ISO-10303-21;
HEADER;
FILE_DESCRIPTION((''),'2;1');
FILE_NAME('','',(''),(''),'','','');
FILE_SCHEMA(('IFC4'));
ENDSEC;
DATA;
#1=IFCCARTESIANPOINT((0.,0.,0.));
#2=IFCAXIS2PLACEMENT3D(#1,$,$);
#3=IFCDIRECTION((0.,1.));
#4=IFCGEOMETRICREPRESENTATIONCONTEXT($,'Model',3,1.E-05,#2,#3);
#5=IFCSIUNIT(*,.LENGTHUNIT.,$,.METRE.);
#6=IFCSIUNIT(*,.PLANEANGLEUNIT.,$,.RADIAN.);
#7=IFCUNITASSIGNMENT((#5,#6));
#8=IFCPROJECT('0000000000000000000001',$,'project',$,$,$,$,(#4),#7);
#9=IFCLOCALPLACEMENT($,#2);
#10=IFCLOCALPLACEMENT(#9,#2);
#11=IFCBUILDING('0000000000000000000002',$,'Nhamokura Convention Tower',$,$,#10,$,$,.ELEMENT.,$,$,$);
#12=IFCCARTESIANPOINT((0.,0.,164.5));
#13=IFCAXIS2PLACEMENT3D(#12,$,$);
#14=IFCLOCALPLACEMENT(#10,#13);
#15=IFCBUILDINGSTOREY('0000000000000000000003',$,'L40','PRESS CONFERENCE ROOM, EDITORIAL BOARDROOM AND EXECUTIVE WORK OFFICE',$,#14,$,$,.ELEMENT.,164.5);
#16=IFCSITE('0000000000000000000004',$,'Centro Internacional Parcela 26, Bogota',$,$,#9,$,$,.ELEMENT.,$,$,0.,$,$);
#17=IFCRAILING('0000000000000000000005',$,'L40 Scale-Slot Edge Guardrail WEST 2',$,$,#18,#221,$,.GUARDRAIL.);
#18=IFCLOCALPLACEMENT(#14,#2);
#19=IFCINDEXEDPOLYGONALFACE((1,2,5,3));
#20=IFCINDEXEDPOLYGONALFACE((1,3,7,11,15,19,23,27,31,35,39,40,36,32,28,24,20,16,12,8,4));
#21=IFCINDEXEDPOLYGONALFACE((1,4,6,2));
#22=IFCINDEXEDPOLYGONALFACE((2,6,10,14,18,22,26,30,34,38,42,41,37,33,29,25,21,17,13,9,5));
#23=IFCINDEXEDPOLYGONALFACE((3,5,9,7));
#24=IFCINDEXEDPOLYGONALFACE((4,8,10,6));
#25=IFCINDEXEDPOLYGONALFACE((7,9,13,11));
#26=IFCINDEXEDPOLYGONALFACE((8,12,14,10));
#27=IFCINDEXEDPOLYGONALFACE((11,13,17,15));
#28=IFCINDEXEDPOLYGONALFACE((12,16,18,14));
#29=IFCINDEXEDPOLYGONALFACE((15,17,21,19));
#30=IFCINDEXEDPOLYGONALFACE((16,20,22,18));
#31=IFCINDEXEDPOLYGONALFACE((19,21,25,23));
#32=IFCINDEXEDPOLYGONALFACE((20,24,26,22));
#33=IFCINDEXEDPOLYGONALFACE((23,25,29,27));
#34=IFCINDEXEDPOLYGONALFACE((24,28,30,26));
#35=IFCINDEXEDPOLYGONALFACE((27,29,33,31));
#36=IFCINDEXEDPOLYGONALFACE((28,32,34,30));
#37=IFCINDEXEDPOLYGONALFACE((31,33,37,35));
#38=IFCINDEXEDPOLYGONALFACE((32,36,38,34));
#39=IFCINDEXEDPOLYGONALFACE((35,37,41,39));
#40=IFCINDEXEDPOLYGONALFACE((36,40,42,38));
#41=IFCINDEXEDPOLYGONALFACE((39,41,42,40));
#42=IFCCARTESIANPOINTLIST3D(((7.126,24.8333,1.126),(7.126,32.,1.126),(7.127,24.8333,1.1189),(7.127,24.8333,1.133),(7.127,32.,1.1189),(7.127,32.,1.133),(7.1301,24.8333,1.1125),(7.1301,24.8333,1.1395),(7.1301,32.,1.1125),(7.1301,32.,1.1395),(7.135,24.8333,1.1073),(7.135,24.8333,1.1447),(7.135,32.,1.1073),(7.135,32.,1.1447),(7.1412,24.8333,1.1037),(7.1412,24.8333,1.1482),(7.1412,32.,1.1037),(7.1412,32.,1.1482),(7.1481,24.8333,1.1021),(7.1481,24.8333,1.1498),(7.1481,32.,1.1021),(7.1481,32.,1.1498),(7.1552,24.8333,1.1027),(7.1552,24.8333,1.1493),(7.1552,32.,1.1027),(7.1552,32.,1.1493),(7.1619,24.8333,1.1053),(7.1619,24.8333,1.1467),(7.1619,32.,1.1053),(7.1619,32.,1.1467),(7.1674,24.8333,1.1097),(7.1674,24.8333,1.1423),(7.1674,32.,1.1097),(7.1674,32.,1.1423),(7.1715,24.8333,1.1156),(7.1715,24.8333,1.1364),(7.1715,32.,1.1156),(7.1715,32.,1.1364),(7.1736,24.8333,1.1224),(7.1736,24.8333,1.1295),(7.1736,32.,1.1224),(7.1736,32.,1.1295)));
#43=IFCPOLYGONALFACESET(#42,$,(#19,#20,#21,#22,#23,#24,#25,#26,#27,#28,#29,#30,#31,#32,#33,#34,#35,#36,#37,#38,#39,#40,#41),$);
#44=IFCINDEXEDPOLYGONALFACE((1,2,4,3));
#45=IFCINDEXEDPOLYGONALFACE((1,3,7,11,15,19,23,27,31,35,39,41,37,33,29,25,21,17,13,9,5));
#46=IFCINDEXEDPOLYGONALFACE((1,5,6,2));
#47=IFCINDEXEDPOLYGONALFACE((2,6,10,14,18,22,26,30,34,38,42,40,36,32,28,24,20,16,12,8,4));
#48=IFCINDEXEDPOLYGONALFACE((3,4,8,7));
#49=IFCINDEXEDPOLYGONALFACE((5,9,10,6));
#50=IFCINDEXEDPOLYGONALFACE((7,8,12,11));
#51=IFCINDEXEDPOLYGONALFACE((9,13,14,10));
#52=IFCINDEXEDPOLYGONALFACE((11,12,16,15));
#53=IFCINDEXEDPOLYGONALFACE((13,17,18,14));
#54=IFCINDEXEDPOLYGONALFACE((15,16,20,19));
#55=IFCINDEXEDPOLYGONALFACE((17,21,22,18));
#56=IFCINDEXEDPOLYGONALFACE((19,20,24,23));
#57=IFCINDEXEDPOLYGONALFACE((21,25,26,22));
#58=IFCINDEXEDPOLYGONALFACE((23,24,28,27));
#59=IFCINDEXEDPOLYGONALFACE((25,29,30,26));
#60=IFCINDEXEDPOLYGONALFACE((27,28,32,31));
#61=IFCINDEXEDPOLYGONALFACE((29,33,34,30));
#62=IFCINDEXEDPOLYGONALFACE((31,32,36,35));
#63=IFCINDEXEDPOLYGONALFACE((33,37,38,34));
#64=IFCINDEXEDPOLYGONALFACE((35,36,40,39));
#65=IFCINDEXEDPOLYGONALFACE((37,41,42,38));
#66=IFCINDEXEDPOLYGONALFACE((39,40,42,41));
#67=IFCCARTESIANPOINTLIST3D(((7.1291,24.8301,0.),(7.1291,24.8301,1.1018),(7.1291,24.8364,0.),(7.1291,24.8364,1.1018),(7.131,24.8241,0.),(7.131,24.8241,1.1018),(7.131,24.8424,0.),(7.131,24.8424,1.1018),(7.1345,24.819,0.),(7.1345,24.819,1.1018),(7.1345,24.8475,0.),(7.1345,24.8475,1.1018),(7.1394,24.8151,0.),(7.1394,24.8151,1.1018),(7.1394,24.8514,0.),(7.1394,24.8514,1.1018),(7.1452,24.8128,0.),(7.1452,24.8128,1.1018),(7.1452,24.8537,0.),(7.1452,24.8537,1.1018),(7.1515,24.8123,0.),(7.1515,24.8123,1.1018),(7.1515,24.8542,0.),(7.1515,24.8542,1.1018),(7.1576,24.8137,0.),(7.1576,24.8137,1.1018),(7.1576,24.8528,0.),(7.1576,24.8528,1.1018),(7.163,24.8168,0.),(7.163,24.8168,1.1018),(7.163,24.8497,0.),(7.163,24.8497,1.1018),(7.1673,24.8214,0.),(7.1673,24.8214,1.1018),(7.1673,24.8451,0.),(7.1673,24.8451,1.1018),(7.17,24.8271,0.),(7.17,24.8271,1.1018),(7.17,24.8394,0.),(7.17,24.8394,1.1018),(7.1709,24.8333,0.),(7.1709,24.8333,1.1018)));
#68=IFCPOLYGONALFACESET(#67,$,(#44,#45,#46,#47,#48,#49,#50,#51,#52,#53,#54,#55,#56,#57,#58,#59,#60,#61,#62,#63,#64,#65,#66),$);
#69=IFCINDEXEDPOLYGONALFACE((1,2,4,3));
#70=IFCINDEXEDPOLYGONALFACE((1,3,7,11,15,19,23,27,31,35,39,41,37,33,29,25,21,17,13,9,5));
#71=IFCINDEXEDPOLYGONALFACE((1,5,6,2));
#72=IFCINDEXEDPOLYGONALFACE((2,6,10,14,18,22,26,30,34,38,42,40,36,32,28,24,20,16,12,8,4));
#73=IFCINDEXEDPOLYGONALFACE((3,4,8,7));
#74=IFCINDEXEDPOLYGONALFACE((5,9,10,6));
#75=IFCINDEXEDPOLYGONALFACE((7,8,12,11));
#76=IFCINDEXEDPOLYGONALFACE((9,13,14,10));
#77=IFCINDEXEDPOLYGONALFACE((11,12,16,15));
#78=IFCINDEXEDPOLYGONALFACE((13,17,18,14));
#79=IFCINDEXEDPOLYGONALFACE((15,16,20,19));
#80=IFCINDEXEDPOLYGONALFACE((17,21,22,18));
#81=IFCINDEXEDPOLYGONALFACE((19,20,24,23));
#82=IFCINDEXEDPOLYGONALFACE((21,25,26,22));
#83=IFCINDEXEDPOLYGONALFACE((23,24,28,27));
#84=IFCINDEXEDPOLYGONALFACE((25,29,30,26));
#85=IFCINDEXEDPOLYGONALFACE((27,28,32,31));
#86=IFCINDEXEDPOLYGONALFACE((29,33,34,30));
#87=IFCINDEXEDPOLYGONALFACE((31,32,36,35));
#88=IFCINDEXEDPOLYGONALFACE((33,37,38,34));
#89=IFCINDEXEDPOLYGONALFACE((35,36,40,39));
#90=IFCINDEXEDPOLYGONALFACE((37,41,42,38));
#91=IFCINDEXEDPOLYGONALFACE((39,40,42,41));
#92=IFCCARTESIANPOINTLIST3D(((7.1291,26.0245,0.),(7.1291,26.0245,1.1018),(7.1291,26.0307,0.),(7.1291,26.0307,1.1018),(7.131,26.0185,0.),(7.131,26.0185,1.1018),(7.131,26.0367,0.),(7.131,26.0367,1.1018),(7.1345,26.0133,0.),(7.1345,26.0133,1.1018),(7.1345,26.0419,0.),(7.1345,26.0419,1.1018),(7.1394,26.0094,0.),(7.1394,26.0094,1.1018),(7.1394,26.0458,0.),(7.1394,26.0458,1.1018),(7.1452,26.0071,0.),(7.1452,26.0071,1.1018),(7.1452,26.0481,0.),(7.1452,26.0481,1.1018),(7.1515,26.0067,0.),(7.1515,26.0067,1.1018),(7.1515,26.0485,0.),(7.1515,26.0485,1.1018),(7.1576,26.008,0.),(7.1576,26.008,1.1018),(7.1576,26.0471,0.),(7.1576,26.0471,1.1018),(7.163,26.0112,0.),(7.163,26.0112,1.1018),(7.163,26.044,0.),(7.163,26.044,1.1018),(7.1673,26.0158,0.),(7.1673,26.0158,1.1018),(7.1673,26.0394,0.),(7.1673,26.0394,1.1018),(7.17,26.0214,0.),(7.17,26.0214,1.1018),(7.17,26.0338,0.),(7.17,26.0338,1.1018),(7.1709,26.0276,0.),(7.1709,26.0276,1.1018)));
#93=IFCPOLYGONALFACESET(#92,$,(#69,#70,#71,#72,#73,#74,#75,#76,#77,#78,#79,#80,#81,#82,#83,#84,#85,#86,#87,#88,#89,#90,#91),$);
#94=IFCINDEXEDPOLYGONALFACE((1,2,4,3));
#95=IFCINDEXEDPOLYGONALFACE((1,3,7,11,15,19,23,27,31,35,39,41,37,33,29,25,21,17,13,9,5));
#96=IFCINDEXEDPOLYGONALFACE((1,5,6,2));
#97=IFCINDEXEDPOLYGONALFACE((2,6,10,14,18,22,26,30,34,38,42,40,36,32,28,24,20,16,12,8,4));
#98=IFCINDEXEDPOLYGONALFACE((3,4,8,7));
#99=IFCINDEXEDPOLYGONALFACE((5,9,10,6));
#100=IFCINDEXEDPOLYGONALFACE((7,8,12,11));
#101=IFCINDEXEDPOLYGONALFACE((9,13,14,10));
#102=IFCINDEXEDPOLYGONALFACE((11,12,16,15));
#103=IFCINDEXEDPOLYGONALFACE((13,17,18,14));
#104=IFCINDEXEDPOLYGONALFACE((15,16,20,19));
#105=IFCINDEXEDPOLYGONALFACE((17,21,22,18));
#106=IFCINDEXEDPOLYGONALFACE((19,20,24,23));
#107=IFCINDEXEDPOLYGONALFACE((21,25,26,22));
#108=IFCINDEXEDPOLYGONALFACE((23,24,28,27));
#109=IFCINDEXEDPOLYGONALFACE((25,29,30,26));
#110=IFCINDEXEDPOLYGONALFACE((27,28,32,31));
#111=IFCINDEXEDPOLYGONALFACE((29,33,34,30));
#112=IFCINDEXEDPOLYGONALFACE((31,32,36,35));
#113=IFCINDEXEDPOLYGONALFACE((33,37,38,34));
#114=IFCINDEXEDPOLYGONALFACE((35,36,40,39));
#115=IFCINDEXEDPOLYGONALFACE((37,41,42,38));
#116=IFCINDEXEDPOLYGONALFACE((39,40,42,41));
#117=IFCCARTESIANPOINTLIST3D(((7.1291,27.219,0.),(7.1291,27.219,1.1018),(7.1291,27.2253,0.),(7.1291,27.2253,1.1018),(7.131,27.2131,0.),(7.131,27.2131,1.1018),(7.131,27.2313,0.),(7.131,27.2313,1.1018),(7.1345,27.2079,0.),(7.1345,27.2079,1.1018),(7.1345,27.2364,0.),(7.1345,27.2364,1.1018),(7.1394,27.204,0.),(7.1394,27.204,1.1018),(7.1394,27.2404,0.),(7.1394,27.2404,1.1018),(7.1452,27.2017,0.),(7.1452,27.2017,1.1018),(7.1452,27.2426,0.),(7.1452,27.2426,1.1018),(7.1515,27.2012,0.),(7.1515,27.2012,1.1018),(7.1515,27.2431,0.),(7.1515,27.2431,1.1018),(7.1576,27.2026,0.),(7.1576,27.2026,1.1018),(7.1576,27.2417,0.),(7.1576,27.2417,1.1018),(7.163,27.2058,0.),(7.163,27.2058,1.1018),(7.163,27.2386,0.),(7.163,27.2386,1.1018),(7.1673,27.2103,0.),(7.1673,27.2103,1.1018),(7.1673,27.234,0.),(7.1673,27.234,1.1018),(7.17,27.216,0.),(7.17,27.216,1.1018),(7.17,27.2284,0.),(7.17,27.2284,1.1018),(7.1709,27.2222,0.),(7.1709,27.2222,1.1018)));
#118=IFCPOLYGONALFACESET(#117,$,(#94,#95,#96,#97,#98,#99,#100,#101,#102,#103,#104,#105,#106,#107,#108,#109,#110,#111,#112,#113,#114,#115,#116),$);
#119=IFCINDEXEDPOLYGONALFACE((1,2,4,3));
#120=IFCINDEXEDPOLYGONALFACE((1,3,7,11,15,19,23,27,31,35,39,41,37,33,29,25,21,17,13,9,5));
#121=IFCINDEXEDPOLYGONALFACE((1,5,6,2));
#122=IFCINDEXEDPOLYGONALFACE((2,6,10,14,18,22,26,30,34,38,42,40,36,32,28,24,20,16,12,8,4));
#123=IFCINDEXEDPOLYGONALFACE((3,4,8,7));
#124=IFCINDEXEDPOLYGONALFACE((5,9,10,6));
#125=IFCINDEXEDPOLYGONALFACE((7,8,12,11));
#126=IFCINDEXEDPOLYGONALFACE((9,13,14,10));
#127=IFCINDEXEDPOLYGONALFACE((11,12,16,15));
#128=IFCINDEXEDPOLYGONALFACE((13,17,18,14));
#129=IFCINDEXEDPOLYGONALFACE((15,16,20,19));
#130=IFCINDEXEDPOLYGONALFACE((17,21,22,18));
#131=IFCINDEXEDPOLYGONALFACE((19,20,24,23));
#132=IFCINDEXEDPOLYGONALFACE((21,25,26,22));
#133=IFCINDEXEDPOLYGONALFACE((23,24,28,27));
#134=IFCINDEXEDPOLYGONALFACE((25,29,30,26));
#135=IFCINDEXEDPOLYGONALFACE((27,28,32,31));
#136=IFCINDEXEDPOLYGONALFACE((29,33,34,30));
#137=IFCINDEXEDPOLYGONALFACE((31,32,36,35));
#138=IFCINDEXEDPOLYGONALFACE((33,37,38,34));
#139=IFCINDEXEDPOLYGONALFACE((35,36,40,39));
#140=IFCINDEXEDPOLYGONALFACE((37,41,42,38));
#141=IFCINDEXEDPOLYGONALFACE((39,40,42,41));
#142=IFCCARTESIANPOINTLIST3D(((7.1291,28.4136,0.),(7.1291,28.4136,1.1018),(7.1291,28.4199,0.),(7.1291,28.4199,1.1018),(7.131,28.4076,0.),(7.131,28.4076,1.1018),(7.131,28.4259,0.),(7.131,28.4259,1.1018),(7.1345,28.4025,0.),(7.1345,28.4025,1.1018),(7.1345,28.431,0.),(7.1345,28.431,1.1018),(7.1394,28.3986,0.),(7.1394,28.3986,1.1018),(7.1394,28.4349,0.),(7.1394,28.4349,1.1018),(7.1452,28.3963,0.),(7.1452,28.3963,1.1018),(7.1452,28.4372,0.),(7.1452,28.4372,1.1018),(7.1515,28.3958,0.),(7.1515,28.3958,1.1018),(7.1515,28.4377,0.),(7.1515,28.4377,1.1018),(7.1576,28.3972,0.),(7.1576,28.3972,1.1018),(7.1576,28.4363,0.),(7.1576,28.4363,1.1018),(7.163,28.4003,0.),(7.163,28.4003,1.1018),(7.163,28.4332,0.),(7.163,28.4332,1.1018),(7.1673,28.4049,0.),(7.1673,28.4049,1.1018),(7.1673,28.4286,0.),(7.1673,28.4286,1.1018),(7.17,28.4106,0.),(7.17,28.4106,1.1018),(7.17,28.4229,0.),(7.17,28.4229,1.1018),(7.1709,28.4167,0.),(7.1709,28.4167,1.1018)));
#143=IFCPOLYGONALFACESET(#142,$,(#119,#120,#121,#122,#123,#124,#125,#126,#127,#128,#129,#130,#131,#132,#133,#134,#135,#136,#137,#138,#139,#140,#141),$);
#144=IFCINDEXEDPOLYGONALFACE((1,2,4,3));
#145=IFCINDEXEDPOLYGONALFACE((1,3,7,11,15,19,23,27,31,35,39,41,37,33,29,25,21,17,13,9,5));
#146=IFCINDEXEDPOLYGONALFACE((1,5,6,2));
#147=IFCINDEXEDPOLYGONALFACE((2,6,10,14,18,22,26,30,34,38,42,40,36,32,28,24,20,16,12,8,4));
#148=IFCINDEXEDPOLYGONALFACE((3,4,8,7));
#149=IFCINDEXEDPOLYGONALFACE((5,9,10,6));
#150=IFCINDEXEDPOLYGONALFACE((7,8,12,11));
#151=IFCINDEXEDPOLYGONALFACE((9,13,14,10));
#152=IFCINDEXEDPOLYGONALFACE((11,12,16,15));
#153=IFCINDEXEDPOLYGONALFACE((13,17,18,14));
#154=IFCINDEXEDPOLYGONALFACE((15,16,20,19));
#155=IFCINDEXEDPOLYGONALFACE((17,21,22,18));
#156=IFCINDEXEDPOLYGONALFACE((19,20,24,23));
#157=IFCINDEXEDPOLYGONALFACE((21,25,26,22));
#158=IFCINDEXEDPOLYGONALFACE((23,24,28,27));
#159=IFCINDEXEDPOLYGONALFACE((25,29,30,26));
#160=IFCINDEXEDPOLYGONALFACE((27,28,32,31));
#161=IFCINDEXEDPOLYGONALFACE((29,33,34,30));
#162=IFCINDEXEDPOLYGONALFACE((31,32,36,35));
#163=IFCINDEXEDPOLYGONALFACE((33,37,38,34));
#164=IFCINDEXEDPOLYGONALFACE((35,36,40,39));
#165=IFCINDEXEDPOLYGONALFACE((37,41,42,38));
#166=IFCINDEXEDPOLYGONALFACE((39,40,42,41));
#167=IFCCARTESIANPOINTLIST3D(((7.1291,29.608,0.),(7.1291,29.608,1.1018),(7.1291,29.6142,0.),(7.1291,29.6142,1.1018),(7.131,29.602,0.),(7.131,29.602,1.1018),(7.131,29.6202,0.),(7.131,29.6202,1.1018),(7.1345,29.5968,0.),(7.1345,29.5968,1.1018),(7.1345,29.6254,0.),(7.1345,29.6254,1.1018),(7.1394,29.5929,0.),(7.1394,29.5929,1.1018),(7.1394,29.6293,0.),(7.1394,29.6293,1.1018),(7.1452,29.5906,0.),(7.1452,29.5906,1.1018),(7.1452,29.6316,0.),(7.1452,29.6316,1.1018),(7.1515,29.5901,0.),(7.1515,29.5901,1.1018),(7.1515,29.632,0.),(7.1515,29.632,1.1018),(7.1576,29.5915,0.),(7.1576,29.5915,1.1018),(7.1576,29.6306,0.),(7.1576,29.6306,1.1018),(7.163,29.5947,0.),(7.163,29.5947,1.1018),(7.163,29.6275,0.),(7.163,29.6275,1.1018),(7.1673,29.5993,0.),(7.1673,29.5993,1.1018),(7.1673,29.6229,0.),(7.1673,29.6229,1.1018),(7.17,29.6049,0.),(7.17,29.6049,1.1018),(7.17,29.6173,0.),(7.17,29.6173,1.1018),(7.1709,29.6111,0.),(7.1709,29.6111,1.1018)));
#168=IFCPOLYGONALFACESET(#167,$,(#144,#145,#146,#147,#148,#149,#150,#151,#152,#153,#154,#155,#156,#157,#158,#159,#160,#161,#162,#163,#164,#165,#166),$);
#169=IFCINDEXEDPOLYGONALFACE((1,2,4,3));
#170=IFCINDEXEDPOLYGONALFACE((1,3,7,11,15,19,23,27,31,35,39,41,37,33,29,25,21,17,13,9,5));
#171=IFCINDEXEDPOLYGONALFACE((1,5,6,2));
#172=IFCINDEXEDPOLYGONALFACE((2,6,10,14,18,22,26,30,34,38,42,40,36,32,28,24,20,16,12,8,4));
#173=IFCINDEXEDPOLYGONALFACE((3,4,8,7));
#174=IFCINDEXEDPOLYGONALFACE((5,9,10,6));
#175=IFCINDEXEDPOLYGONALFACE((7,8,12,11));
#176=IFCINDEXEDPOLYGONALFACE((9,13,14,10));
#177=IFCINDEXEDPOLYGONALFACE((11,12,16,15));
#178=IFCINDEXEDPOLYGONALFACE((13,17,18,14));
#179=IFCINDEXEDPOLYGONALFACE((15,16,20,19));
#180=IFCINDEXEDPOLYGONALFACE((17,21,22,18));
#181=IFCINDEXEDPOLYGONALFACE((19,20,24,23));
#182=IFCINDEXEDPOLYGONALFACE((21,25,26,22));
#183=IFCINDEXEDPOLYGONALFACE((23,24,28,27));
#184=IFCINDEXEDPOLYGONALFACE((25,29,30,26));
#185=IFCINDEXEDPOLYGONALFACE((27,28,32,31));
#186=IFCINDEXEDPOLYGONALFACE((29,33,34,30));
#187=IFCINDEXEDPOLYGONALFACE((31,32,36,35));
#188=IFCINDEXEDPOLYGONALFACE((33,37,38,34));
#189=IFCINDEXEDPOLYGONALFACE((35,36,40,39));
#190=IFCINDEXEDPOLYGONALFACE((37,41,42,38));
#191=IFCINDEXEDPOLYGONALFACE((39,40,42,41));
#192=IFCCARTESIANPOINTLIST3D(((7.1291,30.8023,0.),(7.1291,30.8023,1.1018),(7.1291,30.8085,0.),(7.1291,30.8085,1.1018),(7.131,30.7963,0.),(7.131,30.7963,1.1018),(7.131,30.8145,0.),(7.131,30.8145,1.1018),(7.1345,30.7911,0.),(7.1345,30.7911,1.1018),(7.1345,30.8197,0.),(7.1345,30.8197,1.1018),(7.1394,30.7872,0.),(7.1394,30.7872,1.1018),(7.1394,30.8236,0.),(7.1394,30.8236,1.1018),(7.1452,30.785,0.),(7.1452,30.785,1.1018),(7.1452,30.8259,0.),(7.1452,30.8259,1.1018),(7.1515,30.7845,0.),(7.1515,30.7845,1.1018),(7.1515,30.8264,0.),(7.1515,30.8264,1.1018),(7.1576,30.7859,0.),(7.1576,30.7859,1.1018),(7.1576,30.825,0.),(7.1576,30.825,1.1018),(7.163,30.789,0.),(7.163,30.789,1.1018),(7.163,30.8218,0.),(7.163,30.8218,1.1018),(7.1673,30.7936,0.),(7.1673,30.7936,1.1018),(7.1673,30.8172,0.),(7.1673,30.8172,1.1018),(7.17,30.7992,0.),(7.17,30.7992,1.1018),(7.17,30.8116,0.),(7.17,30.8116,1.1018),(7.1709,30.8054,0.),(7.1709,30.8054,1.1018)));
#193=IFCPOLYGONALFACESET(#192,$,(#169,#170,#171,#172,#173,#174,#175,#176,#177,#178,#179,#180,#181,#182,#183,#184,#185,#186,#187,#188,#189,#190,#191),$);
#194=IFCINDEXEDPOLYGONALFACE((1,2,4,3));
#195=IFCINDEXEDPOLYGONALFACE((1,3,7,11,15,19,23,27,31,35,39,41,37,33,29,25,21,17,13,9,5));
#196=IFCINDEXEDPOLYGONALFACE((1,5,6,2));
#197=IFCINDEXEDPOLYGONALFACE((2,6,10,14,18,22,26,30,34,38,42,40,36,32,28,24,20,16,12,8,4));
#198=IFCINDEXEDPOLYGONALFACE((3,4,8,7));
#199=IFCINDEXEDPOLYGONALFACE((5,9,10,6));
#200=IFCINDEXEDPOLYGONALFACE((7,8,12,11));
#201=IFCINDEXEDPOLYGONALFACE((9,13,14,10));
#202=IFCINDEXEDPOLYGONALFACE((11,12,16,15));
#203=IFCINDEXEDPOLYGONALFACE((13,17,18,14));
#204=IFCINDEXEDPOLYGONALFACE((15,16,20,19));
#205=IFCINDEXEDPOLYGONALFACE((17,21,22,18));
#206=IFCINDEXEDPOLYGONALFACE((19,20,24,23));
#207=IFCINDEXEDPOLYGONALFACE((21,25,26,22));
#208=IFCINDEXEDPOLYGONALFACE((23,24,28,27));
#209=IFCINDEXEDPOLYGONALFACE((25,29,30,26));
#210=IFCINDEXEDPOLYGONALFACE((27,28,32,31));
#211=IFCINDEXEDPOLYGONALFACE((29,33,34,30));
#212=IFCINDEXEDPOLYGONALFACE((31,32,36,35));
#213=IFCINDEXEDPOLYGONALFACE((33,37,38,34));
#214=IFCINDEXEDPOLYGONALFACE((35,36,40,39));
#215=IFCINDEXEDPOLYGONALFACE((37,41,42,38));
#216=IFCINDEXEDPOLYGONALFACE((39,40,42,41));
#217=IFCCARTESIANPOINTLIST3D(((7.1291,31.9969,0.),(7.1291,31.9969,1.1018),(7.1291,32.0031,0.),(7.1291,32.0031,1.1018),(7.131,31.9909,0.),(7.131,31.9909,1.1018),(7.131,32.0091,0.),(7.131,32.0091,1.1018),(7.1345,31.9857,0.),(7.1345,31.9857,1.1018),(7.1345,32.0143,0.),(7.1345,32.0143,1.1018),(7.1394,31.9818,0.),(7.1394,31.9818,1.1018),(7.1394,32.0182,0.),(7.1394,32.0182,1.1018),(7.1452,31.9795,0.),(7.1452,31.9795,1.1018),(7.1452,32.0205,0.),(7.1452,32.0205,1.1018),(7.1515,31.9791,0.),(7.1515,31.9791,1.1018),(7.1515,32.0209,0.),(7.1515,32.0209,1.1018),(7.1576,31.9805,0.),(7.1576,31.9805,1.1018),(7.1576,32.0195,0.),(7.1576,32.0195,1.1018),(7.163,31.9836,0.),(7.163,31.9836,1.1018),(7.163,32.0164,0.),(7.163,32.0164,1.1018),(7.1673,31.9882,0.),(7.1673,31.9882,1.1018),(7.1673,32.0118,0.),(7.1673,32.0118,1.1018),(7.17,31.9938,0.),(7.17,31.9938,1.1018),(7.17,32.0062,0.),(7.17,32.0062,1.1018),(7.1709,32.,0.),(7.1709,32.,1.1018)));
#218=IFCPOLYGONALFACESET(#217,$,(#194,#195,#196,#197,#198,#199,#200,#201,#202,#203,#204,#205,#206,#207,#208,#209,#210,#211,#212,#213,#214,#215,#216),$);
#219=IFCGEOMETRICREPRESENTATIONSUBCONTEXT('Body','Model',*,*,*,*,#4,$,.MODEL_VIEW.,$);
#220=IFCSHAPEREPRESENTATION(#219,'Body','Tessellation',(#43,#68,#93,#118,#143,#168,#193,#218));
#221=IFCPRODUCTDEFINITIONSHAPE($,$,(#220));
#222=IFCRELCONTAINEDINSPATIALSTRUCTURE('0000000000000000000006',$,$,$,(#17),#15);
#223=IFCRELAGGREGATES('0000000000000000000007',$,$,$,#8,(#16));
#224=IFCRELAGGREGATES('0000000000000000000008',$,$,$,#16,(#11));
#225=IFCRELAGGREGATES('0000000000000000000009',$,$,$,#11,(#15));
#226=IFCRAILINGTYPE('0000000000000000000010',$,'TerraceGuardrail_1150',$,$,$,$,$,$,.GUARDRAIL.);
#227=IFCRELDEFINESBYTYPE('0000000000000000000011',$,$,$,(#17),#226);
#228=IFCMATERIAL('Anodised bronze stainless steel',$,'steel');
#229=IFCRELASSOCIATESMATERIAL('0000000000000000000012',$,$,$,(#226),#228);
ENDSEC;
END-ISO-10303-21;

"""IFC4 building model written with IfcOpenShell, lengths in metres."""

from ifc_helpers import new_model, si_unit, direction, frame, origin, origin_2d, place, context, subcontext, project, spatial, circle, extrude, material, type_object, element, save


model = new_model("IFC4")

# Units and contexts
model_context = context("Model", 3, precision=1e-05, world=origin(), true_north=direction((0.0, 1.0)))
body_context = subcontext(model_context, "Body", "Model", "MODEL_VIEW")
ifc_project = project(units=[si_unit("LENGTHUNIT", "METRE"), si_unit("PLANEANGLEUNIT", "RADIAN")], contexts=[model_context])

# Site, building, storey
site_placement = place(None, origin())
site = spatial("IfcSite", under=ifc_project, at=site_placement, Name="Centro Internacional Parcela 26, Bogota", CompositionType="ELEMENT", RefElevation=0.0)
building_placement = place(site_placement, origin())
building = spatial("IfcBuilding", under=site, at=building_placement, Name="Nhamokura Convention Tower", CompositionType="ELEMENT")
storey_placement = place(building_placement, frame((0.0, 0.0, 164.5)))
storey = spatial("IfcBuildingStorey", under=building, at=storey_placement, Name="L40", Description="PRESS CONFERENCE ROOM, EDITORIAL BOARDROOM AND EXECUTIVE WORK OFFICE", CompositionType="ELEMENT", Elevation=164.5)

# Railing
ifc_material_1 = material(Name="Anodised bronze stainless steel", Category="steel")
railing_type = type_object("IfcRailingType", Name="TerraceGuardrail_1150", PredefinedType="GUARDRAIL", material=ifc_material_1)
railing_placement = place(storey_placement, frame((7.1499, 24.8333, 0.0)))
element("IfcRailing", 1, at=railing_placement, inside=storey, type_object=railing_type, Name="L40 Scale-Slot Edge Guardrail WEST 2", PredefinedType="GUARDRAIL", context=body_context, shape_type="SweptSolid", body=[
    extrude(circle(Radius=0.0239, at=origin_2d()), frame((0.0, 0.0, 1.126), z_axis=(0.0, 1.0, 0.0), x_axis=(-1.0, 0.0, 0.0)), (0.0, 0.0, 1.0), 7.1667),
    extrude(circle(Radius=0.021, at=origin_2d()), origin(), (0.0, 0.0, 1.0), 1.1018),
    extrude(circle(Radius=0.021, at=origin_2d()), frame((0.0, 1.1943, 0.0)), (0.0, 0.0, 1.0), 1.1018),
    extrude(circle(Radius=0.021, at=origin_2d()), frame((0.0, 2.3889, 0.0)), (0.0, 0.0, 1.0), 1.1018),
    extrude(circle(Radius=0.021, at=origin_2d()), frame((0.0, 3.5835, 0.0)), (0.0, 0.0, 1.0), 1.1018),
    extrude(circle(Radius=0.021, at=origin_2d()), frame((0.0, 4.7778, 0.0)), (0.0, 0.0, 1.0), 1.1018),
    extrude(circle(Radius=0.021, at=origin_2d()), frame((0.0, 5.9722, 0.0)), (0.0, 0.0, 1.0), 1.1018),
    extrude(circle(Radius=0.021, at=origin_2d()), frame((0.0, 7.1667, 0.0)), (0.0, 0.0, 1.0), 1.1018),
])

save(model, "model.ifc")
